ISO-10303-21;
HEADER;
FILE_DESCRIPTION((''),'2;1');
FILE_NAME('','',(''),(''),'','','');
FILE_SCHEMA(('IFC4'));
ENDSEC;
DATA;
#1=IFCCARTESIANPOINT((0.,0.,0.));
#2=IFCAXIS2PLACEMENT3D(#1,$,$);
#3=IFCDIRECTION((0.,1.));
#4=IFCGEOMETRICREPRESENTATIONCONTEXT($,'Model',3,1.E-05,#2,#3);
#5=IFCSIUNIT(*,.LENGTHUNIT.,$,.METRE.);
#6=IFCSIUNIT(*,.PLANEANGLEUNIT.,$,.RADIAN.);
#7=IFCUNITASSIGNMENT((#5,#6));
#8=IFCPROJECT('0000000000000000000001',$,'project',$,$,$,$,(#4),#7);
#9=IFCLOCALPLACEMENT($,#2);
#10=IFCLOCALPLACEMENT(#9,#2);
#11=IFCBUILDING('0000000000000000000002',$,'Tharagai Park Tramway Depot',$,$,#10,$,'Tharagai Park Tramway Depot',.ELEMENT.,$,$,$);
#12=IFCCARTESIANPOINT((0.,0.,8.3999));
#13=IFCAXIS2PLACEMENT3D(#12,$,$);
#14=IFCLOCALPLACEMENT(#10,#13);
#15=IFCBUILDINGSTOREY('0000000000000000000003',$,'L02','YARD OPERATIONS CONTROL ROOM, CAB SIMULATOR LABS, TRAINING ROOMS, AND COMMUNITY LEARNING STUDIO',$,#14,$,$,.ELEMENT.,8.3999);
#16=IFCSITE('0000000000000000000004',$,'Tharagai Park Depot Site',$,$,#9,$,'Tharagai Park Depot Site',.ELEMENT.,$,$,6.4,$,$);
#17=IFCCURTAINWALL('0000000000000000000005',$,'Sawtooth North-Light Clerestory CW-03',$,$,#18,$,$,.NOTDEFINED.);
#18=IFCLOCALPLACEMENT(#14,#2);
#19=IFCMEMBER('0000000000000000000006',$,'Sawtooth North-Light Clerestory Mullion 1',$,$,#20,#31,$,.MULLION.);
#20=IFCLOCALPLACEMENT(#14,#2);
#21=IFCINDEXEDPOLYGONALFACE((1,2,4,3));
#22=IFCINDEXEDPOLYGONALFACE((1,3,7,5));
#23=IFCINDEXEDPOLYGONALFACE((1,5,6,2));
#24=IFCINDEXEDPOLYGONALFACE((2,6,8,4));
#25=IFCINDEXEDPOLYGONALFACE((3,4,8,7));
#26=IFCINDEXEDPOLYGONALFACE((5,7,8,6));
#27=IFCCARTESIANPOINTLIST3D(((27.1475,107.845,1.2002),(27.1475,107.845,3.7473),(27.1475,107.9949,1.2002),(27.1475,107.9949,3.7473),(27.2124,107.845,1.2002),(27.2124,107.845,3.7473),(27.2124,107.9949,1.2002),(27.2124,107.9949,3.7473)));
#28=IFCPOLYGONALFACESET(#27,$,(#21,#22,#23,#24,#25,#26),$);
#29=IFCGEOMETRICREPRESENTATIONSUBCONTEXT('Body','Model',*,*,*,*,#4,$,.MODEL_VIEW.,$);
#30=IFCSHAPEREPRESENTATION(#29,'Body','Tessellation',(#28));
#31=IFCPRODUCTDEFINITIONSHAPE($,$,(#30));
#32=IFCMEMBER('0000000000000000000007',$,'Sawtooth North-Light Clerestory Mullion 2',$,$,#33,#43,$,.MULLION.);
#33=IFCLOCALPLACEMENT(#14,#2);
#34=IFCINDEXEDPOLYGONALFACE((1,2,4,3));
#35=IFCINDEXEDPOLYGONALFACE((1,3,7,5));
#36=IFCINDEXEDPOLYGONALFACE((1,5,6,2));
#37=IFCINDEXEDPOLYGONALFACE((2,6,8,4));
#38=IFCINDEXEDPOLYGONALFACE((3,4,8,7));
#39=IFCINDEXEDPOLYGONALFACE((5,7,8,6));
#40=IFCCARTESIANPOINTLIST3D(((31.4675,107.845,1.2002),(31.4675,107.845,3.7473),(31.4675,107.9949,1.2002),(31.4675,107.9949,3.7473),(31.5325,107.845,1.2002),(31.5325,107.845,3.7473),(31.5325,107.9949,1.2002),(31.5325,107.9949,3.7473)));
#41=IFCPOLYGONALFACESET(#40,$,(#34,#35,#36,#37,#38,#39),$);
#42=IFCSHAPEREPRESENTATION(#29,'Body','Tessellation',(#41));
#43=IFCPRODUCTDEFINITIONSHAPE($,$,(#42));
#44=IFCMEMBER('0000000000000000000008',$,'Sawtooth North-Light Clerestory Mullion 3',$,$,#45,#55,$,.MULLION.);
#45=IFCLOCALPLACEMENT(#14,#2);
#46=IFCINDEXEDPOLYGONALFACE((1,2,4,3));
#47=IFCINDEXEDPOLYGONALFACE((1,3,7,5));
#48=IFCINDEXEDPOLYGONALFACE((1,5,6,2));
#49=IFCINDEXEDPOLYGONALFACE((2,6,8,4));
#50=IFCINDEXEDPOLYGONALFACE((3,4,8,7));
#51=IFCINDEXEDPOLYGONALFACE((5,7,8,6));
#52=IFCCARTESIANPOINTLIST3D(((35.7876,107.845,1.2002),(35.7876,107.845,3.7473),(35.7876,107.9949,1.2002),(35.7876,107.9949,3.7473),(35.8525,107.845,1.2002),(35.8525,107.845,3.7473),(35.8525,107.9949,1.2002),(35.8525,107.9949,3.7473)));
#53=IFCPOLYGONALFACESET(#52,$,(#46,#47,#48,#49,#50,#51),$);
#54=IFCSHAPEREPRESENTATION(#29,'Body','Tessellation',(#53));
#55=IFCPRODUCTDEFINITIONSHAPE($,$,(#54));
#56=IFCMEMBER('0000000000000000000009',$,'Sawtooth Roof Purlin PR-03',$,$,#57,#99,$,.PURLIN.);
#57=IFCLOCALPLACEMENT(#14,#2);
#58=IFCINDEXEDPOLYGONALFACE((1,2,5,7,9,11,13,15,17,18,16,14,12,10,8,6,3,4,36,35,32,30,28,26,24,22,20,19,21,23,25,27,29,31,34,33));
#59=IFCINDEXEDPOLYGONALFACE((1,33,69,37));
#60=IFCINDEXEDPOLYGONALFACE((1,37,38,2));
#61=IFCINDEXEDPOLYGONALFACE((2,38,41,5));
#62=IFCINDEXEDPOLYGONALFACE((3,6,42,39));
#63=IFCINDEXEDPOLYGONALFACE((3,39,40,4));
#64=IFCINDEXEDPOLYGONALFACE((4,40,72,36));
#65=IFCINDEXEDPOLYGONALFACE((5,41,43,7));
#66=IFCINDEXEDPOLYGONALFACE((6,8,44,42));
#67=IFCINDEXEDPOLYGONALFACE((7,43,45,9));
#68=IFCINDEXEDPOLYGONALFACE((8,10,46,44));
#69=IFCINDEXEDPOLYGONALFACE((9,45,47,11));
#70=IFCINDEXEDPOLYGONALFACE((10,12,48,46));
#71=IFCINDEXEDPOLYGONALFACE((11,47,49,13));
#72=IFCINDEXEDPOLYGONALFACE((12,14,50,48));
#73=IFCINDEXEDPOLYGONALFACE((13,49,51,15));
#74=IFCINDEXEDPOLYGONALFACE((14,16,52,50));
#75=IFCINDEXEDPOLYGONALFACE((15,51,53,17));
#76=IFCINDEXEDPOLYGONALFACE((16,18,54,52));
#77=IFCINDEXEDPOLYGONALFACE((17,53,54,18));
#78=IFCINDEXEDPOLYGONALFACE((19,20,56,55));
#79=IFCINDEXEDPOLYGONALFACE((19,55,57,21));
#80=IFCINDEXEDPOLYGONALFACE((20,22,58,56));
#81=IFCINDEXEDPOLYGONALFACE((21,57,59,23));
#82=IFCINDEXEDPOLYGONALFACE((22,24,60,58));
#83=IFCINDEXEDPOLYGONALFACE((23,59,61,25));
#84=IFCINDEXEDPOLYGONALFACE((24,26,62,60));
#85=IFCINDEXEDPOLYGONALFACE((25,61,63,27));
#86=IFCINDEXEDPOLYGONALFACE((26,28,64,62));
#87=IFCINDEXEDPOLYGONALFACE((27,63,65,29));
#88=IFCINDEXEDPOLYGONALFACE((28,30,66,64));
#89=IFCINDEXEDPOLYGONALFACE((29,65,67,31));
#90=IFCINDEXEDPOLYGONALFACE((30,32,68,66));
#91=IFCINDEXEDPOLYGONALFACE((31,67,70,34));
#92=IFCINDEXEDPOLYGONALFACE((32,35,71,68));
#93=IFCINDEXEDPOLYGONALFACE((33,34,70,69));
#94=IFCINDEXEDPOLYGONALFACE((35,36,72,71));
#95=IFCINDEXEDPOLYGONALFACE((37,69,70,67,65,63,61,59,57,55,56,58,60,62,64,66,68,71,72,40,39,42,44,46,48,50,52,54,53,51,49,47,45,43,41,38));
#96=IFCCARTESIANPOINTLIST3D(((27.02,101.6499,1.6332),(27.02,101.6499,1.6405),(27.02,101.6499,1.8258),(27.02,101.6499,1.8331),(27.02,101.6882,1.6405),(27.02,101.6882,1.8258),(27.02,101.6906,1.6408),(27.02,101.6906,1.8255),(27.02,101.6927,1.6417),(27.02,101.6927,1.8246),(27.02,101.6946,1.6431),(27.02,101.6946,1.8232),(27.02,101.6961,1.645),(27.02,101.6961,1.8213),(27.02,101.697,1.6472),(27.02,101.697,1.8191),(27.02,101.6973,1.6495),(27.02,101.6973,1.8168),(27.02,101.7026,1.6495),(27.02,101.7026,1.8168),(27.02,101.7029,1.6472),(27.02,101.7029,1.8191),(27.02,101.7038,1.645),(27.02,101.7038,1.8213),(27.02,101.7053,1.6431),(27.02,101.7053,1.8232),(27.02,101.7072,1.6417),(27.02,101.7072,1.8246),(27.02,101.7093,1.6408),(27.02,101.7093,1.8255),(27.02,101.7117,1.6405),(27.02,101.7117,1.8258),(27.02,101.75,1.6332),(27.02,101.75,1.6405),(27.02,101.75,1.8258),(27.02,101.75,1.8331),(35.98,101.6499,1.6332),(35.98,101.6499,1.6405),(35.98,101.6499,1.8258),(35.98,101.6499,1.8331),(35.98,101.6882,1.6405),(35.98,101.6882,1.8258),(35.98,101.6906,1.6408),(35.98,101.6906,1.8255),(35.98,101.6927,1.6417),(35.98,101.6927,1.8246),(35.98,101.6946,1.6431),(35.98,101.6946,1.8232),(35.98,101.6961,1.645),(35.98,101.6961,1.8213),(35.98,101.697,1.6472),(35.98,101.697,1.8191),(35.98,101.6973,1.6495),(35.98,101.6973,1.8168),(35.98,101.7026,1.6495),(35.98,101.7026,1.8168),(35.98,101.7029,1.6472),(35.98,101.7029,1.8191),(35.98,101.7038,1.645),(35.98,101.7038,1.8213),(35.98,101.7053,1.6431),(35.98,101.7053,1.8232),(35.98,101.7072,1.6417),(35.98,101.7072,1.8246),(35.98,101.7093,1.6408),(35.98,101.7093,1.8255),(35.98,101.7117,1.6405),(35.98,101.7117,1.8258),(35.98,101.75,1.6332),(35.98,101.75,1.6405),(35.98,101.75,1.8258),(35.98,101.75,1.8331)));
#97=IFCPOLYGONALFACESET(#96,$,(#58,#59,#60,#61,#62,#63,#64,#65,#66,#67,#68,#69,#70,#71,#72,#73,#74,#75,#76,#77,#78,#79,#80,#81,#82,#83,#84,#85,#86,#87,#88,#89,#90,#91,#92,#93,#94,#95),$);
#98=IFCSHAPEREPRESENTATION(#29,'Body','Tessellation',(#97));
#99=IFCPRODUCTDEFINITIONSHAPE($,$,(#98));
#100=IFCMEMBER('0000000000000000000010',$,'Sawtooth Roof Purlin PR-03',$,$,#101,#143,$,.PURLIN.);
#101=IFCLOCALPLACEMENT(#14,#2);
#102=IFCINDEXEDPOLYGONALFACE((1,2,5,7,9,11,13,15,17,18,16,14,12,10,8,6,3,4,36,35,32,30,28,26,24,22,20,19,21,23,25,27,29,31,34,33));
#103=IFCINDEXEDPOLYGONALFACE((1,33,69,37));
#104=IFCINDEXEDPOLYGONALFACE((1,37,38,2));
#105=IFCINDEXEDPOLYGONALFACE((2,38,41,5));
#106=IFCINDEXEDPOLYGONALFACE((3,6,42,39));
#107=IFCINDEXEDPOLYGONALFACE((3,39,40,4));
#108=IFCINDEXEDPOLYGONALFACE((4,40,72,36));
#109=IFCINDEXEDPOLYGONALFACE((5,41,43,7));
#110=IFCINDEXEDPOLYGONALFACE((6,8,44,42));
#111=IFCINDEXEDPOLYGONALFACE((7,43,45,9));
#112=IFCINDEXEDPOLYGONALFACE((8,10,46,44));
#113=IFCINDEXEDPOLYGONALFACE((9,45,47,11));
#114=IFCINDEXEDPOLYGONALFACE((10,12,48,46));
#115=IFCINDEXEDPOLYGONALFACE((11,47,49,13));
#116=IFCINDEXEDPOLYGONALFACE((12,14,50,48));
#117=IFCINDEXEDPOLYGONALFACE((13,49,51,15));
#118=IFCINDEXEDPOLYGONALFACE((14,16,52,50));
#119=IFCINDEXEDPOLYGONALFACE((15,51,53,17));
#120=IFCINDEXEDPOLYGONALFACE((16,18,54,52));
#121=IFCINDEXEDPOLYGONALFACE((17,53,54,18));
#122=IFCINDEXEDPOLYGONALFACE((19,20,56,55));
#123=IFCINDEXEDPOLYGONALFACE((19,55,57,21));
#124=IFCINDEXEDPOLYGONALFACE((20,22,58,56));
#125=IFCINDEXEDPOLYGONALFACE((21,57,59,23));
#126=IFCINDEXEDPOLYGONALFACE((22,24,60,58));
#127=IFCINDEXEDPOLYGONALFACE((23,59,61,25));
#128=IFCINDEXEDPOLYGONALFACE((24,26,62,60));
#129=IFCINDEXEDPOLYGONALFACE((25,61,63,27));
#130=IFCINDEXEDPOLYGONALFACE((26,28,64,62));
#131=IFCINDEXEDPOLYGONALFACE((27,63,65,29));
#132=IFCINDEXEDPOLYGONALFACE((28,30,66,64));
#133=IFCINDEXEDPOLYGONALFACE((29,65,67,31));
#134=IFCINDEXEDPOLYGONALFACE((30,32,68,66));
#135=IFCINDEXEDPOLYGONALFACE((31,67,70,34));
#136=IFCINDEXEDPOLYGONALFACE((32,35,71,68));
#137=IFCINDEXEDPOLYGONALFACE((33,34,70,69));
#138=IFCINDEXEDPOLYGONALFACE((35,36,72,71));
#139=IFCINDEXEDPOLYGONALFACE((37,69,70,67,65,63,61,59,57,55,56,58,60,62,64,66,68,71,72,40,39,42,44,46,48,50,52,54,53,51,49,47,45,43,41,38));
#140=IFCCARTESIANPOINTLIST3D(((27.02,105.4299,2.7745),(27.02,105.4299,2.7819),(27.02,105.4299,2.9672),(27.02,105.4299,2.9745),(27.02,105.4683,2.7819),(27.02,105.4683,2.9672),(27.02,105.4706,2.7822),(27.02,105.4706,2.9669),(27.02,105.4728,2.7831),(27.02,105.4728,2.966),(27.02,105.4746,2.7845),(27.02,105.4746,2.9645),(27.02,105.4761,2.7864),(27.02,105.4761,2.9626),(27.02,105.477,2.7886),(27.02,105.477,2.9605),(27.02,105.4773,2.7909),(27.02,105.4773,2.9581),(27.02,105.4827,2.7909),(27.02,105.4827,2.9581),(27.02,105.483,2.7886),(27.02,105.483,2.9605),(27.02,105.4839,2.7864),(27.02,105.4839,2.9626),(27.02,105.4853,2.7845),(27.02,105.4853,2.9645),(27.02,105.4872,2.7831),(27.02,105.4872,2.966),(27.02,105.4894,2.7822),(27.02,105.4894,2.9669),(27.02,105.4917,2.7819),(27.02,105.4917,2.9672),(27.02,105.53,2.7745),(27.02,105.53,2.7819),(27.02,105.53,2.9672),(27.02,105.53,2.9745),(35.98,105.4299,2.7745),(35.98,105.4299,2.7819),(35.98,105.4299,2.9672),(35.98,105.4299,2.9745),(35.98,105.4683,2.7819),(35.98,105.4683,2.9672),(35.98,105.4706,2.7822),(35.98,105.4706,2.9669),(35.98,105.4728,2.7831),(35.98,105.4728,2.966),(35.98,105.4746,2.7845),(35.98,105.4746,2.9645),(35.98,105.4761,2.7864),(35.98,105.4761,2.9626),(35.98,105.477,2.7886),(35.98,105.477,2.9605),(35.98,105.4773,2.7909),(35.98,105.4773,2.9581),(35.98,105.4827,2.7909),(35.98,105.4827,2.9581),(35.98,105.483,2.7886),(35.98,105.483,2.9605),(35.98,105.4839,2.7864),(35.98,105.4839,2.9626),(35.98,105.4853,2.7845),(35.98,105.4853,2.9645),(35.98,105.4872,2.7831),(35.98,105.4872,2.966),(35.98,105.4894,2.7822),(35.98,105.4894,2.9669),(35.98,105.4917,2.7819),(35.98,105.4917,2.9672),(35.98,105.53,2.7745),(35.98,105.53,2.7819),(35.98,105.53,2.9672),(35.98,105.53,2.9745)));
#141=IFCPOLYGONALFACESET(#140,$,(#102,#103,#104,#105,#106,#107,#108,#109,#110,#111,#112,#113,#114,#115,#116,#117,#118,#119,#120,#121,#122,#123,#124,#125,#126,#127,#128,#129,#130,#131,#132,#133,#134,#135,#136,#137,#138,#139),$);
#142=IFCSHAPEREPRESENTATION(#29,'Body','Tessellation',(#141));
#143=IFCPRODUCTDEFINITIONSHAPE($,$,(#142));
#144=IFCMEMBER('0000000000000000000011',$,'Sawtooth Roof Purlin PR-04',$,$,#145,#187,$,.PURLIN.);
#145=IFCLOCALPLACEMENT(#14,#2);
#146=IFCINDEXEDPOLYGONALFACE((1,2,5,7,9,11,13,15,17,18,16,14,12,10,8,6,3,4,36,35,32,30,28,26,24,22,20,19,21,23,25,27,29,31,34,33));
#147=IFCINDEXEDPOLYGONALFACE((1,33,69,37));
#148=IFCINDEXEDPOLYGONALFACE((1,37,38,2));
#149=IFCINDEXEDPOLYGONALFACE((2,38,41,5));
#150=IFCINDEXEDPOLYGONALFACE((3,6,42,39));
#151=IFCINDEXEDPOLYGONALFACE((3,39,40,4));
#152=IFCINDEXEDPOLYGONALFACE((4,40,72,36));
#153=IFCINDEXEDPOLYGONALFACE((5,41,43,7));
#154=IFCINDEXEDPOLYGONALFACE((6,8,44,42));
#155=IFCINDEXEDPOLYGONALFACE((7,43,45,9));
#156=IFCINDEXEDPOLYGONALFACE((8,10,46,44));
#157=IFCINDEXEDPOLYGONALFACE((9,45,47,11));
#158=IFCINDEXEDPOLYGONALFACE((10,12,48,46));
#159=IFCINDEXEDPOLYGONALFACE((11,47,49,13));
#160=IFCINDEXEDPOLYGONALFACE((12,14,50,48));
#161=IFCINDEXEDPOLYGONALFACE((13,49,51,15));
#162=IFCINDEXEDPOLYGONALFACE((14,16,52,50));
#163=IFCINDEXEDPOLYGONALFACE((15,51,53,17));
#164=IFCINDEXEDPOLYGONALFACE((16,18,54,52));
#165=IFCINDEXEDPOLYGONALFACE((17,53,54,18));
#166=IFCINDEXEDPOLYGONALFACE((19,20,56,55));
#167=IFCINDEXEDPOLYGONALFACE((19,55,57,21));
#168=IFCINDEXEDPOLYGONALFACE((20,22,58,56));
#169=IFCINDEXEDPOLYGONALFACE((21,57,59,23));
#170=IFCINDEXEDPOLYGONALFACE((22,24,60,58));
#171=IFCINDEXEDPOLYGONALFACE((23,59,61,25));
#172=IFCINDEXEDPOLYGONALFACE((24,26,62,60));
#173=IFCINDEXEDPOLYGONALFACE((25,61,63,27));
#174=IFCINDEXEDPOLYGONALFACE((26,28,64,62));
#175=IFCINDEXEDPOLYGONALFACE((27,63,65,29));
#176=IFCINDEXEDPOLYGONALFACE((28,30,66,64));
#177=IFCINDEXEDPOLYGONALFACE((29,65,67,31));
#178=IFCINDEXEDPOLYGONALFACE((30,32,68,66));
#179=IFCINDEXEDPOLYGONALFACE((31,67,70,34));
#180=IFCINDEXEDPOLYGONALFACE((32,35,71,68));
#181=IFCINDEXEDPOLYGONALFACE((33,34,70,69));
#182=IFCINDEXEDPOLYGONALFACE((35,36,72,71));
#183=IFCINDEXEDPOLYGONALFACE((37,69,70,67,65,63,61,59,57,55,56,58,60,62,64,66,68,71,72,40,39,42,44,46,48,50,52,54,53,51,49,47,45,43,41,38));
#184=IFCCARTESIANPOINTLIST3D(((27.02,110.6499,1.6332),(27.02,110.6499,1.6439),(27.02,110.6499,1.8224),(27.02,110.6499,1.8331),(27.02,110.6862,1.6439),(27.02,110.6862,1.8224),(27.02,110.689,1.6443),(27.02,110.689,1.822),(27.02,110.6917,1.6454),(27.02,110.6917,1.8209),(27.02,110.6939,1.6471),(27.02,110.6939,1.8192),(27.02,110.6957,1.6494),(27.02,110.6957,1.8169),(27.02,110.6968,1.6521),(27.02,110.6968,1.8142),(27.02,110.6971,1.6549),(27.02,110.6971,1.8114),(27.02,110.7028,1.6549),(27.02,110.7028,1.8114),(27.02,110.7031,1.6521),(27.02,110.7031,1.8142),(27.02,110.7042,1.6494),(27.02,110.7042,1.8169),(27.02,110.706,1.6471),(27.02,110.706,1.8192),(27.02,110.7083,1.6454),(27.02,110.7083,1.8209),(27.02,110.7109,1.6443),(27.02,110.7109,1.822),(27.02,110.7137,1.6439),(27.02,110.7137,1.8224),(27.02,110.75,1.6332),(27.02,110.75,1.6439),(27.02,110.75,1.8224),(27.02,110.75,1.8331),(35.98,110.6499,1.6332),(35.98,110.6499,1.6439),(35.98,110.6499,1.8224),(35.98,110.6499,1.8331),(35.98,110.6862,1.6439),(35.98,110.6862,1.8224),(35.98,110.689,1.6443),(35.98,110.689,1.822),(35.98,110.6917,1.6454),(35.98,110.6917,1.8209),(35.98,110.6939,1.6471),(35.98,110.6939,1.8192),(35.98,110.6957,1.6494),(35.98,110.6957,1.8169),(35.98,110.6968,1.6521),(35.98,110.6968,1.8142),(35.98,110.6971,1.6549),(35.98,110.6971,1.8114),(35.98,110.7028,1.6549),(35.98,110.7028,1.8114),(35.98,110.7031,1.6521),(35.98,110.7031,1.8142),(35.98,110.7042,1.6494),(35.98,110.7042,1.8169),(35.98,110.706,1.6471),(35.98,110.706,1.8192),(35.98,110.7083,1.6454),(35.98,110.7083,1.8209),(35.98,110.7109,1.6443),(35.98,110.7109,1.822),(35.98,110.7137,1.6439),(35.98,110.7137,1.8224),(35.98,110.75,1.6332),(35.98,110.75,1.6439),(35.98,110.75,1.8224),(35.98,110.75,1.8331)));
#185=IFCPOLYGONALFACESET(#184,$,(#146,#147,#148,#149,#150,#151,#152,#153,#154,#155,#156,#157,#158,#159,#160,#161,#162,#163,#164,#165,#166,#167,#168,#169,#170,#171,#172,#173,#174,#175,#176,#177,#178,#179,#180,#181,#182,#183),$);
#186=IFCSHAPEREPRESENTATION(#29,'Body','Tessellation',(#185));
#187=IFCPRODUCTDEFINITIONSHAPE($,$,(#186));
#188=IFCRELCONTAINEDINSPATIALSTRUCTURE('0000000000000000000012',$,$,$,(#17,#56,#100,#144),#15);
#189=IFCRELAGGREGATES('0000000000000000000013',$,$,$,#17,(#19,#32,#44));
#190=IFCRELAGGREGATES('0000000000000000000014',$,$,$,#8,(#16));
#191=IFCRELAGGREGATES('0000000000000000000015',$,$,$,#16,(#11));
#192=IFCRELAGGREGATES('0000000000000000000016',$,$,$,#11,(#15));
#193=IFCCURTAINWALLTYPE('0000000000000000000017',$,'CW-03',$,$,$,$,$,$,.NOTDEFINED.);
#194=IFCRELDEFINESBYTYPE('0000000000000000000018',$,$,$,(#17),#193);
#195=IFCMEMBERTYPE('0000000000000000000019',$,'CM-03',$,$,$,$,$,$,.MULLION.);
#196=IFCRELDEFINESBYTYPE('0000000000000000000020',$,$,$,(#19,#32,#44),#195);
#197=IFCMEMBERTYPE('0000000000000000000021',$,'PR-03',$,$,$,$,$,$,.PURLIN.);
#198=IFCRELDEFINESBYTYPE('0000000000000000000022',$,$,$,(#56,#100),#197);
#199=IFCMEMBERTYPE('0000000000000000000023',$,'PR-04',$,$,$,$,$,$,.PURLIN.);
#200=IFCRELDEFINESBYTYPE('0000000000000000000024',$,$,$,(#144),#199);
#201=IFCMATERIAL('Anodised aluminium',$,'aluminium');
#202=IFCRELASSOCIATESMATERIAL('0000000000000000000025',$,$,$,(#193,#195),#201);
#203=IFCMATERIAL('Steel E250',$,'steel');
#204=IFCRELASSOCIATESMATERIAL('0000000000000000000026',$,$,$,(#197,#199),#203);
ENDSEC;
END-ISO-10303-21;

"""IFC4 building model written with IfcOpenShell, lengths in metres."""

from ifc_helpers import new_model, si_unit, direction, frame, origin, origin_2d, place, context, subcontext, project, spatial, rectangle, i_section, extrude, material, material_profile, profile_set, type_object, element, aggregate, save


model = new_model("IFC4")

# Units and contexts
model_context = context("Model", 3, precision=1e-05, world=origin(), true_north=direction((0.0, 1.0)))
body_context = subcontext(model_context, "Body", "Model", "MODEL_VIEW")
ifc_project = project(units=[si_unit("LENGTHUNIT", "METRE"), si_unit("PLANEANGLEUNIT", "RADIAN")], contexts=[model_context])

# Site, building, storey
site_placement = place(None, origin())
site = spatial("IfcSite", under=ifc_project, at=site_placement, Name="Tharagai Park Depot Site", LongName="Tharagai Park Depot Site", CompositionType="ELEMENT", RefElevation=6.4)
building_placement = place(site_placement, origin())
building = spatial("IfcBuilding", under=site, at=building_placement, Name="Tharagai Park Tramway Depot", LongName="Tharagai Park Tramway Depot", CompositionType="ELEMENT")
storey_placement = place(building_placement, frame((0.0, 0.0, 8.3999)))
storey = spatial("IfcBuildingStorey", under=building, at=storey_placement, Name="L02", Description="YARD OPERATIONS CONTROL ROOM, CAB SIMULATOR LABS, TRAINING ROOMS, AND COMMUNITY LEARNING STUDIO", CompositionType="ELEMENT", Elevation=8.3999)

# Curtain wall
ifc_material_1 = material(Name="Anodised aluminium", Category="aluminium")
curtain_wall_type = type_object("IfcCurtainWallType", Name="CW-03", PredefinedType="NOTDEFINED", material=ifc_material_1)
curtain_wall_1_placement = place(storey_placement, origin())
curtain_wall_1 = element("IfcCurtainWall", 1, at=curtain_wall_1_placement, inside=storey, type_object=curtain_wall_type, Name="Sawtooth North-Light Clerestory CW-03", PredefinedType="NOTDEFINED")

# Shared definitions
ifc_material_profile_1 = material_profile(ifc_material_1, rectangle(XDim=0.0649, YDim=0.1499, at=origin_2d()), Name="ALU 65x150")
ifc_profile_set_1 = profile_set([ifc_material_profile_1], Name="Anodised aluminium")
member_type_1 = type_object("IfcMemberType", Name="CM-03", PredefinedType="MULLION", material=ifc_profile_set_1)

# Members
member_1_placement = place(storey_placement, frame((27.1799, 107.9199, 1.2002), z_axis=(0.0, 0.0, 1.0), x_axis=(1.0, 0.0, 0.0)))
member_1 = element("IfcMember", 2, at=member_1_placement, type_object=member_type_1, Name="Sawtooth North-Light Clerestory Mullion 1", PredefinedType="MULLION", context=body_context, shape_type="SweptSolid", body=[
    extrude(rectangle(XDim=0.0649, YDim=0.1499, at=origin_2d()), origin(), (0.0, 0.0, 1.0), 2.5471),
])
member_2_placement = place(storey_placement, frame((31.5, 107.9199, 1.2002), z_axis=(0.0, 0.0, 1.0), x_axis=(1.0, 0.0, 0.0)))
member_2 = element("IfcMember", 3, at=member_2_placement, type_object=member_type_1, Name="Sawtooth North-Light Clerestory Mullion 2", PredefinedType="MULLION", context=body_context, shape_type="SweptSolid", body=[
    extrude(rectangle(XDim=0.0649, YDim=0.1499, at=origin_2d()), origin(), (0.0, 0.0, 1.0), 2.5471),
])
member_3_placement = place(storey_placement, frame((35.8201, 107.9199, 1.2002), z_axis=(0.0, 0.0, 1.0), x_axis=(1.0, 0.0, 0.0)))
member_3 = element("IfcMember", 4, at=member_3_placement, type_object=member_type_1, Name="Sawtooth North-Light Clerestory Mullion 3", PredefinedType="MULLION", context=body_context, shape_type="SweptSolid", body=[
    extrude(rectangle(XDim=0.0649, YDim=0.1499, at=origin_2d()), origin(), (0.0, 0.0, 1.0), 2.5471),
])

# Members
ifc_material_2 = material(Name="Steel E250", Category="steel")
ifc_material_profile_2 = material_profile(ifc_material_2, i_section(OverallWidth=0.1001, OverallDepth=0.2, WebThickness=0.0054, FlangeThickness=0.0073, FilletRadius=0.009, at=origin_2d()), Name="ISLB 200")
ifc_profile_set_2 = profile_set([ifc_material_profile_2], Name="Steel E250")
member_type_2 = type_object("IfcMemberType", Name="PR-03", PredefinedType="PURLIN", material=ifc_profile_set_2)
for number, where, z_axis, x_axis, name in (
    (5, (27.02, 101.7, 1.7332), (1.0, 0.0, 0.0), (0.0, 1.0, 0.0), "Sawtooth Roof Purlin PR-03"),
    (6, (27.02, 105.48, 2.8745), (1.0, 0.0, 0.0), (0.0, 1.0, 0.0), "Sawtooth Roof Purlin PR-03"),
):
    element("IfcMember", number, at=place(storey_placement, frame(where, z_axis=z_axis, x_axis=x_axis)), inside=storey, type_object=member_type_2, Name=name, PredefinedType="PURLIN", context=body_context, shape_type="SweptSolid", body=[
        extrude(i_section(OverallWidth=0.1001, OverallDepth=0.2, WebThickness=0.0054, FlangeThickness=0.0073, FilletRadius=0.009, at=origin_2d()), origin(), (0.0, 0.0, 1.0), 8.96),
    ])
ifc_material_profile_3 = material_profile(ifc_material_2, i_section(OverallWidth=0.1001, OverallDepth=0.2, WebThickness=0.0056, FlangeThickness=0.0107, FilletRadius=0.011, at=origin_2d()), Name="ISMB 200")
ifc_profile_set_3 = profile_set([ifc_material_profile_3], Name="Steel E250")
member_type_3 = type_object("IfcMemberType", Name="PR-04", PredefinedType="PURLIN", material=ifc_profile_set_3)
member_4_placement = place(storey_placement, frame((27.02, 110.7, 1.7332), z_axis=(1.0, 0.0, 0.0), x_axis=(0.0, 1.0, 0.0)))
element("IfcMember", 7, at=member_4_placement, inside=storey, type_object=member_type_3, Name="Sawtooth Roof Purlin PR-04", PredefinedType="PURLIN", context=body_context, shape_type="SweptSolid", body=[
    extrude(i_section(OverallWidth=0.1001, OverallDepth=0.2, WebThickness=0.0056, FlangeThickness=0.0107, FilletRadius=0.011, at=origin_2d()), origin(), (0.0, 0.0, 1.0), 8.96),
])

aggregate(curtain_wall_1, [member_1, member_2, member_3])

save(model, "model.ifc")
